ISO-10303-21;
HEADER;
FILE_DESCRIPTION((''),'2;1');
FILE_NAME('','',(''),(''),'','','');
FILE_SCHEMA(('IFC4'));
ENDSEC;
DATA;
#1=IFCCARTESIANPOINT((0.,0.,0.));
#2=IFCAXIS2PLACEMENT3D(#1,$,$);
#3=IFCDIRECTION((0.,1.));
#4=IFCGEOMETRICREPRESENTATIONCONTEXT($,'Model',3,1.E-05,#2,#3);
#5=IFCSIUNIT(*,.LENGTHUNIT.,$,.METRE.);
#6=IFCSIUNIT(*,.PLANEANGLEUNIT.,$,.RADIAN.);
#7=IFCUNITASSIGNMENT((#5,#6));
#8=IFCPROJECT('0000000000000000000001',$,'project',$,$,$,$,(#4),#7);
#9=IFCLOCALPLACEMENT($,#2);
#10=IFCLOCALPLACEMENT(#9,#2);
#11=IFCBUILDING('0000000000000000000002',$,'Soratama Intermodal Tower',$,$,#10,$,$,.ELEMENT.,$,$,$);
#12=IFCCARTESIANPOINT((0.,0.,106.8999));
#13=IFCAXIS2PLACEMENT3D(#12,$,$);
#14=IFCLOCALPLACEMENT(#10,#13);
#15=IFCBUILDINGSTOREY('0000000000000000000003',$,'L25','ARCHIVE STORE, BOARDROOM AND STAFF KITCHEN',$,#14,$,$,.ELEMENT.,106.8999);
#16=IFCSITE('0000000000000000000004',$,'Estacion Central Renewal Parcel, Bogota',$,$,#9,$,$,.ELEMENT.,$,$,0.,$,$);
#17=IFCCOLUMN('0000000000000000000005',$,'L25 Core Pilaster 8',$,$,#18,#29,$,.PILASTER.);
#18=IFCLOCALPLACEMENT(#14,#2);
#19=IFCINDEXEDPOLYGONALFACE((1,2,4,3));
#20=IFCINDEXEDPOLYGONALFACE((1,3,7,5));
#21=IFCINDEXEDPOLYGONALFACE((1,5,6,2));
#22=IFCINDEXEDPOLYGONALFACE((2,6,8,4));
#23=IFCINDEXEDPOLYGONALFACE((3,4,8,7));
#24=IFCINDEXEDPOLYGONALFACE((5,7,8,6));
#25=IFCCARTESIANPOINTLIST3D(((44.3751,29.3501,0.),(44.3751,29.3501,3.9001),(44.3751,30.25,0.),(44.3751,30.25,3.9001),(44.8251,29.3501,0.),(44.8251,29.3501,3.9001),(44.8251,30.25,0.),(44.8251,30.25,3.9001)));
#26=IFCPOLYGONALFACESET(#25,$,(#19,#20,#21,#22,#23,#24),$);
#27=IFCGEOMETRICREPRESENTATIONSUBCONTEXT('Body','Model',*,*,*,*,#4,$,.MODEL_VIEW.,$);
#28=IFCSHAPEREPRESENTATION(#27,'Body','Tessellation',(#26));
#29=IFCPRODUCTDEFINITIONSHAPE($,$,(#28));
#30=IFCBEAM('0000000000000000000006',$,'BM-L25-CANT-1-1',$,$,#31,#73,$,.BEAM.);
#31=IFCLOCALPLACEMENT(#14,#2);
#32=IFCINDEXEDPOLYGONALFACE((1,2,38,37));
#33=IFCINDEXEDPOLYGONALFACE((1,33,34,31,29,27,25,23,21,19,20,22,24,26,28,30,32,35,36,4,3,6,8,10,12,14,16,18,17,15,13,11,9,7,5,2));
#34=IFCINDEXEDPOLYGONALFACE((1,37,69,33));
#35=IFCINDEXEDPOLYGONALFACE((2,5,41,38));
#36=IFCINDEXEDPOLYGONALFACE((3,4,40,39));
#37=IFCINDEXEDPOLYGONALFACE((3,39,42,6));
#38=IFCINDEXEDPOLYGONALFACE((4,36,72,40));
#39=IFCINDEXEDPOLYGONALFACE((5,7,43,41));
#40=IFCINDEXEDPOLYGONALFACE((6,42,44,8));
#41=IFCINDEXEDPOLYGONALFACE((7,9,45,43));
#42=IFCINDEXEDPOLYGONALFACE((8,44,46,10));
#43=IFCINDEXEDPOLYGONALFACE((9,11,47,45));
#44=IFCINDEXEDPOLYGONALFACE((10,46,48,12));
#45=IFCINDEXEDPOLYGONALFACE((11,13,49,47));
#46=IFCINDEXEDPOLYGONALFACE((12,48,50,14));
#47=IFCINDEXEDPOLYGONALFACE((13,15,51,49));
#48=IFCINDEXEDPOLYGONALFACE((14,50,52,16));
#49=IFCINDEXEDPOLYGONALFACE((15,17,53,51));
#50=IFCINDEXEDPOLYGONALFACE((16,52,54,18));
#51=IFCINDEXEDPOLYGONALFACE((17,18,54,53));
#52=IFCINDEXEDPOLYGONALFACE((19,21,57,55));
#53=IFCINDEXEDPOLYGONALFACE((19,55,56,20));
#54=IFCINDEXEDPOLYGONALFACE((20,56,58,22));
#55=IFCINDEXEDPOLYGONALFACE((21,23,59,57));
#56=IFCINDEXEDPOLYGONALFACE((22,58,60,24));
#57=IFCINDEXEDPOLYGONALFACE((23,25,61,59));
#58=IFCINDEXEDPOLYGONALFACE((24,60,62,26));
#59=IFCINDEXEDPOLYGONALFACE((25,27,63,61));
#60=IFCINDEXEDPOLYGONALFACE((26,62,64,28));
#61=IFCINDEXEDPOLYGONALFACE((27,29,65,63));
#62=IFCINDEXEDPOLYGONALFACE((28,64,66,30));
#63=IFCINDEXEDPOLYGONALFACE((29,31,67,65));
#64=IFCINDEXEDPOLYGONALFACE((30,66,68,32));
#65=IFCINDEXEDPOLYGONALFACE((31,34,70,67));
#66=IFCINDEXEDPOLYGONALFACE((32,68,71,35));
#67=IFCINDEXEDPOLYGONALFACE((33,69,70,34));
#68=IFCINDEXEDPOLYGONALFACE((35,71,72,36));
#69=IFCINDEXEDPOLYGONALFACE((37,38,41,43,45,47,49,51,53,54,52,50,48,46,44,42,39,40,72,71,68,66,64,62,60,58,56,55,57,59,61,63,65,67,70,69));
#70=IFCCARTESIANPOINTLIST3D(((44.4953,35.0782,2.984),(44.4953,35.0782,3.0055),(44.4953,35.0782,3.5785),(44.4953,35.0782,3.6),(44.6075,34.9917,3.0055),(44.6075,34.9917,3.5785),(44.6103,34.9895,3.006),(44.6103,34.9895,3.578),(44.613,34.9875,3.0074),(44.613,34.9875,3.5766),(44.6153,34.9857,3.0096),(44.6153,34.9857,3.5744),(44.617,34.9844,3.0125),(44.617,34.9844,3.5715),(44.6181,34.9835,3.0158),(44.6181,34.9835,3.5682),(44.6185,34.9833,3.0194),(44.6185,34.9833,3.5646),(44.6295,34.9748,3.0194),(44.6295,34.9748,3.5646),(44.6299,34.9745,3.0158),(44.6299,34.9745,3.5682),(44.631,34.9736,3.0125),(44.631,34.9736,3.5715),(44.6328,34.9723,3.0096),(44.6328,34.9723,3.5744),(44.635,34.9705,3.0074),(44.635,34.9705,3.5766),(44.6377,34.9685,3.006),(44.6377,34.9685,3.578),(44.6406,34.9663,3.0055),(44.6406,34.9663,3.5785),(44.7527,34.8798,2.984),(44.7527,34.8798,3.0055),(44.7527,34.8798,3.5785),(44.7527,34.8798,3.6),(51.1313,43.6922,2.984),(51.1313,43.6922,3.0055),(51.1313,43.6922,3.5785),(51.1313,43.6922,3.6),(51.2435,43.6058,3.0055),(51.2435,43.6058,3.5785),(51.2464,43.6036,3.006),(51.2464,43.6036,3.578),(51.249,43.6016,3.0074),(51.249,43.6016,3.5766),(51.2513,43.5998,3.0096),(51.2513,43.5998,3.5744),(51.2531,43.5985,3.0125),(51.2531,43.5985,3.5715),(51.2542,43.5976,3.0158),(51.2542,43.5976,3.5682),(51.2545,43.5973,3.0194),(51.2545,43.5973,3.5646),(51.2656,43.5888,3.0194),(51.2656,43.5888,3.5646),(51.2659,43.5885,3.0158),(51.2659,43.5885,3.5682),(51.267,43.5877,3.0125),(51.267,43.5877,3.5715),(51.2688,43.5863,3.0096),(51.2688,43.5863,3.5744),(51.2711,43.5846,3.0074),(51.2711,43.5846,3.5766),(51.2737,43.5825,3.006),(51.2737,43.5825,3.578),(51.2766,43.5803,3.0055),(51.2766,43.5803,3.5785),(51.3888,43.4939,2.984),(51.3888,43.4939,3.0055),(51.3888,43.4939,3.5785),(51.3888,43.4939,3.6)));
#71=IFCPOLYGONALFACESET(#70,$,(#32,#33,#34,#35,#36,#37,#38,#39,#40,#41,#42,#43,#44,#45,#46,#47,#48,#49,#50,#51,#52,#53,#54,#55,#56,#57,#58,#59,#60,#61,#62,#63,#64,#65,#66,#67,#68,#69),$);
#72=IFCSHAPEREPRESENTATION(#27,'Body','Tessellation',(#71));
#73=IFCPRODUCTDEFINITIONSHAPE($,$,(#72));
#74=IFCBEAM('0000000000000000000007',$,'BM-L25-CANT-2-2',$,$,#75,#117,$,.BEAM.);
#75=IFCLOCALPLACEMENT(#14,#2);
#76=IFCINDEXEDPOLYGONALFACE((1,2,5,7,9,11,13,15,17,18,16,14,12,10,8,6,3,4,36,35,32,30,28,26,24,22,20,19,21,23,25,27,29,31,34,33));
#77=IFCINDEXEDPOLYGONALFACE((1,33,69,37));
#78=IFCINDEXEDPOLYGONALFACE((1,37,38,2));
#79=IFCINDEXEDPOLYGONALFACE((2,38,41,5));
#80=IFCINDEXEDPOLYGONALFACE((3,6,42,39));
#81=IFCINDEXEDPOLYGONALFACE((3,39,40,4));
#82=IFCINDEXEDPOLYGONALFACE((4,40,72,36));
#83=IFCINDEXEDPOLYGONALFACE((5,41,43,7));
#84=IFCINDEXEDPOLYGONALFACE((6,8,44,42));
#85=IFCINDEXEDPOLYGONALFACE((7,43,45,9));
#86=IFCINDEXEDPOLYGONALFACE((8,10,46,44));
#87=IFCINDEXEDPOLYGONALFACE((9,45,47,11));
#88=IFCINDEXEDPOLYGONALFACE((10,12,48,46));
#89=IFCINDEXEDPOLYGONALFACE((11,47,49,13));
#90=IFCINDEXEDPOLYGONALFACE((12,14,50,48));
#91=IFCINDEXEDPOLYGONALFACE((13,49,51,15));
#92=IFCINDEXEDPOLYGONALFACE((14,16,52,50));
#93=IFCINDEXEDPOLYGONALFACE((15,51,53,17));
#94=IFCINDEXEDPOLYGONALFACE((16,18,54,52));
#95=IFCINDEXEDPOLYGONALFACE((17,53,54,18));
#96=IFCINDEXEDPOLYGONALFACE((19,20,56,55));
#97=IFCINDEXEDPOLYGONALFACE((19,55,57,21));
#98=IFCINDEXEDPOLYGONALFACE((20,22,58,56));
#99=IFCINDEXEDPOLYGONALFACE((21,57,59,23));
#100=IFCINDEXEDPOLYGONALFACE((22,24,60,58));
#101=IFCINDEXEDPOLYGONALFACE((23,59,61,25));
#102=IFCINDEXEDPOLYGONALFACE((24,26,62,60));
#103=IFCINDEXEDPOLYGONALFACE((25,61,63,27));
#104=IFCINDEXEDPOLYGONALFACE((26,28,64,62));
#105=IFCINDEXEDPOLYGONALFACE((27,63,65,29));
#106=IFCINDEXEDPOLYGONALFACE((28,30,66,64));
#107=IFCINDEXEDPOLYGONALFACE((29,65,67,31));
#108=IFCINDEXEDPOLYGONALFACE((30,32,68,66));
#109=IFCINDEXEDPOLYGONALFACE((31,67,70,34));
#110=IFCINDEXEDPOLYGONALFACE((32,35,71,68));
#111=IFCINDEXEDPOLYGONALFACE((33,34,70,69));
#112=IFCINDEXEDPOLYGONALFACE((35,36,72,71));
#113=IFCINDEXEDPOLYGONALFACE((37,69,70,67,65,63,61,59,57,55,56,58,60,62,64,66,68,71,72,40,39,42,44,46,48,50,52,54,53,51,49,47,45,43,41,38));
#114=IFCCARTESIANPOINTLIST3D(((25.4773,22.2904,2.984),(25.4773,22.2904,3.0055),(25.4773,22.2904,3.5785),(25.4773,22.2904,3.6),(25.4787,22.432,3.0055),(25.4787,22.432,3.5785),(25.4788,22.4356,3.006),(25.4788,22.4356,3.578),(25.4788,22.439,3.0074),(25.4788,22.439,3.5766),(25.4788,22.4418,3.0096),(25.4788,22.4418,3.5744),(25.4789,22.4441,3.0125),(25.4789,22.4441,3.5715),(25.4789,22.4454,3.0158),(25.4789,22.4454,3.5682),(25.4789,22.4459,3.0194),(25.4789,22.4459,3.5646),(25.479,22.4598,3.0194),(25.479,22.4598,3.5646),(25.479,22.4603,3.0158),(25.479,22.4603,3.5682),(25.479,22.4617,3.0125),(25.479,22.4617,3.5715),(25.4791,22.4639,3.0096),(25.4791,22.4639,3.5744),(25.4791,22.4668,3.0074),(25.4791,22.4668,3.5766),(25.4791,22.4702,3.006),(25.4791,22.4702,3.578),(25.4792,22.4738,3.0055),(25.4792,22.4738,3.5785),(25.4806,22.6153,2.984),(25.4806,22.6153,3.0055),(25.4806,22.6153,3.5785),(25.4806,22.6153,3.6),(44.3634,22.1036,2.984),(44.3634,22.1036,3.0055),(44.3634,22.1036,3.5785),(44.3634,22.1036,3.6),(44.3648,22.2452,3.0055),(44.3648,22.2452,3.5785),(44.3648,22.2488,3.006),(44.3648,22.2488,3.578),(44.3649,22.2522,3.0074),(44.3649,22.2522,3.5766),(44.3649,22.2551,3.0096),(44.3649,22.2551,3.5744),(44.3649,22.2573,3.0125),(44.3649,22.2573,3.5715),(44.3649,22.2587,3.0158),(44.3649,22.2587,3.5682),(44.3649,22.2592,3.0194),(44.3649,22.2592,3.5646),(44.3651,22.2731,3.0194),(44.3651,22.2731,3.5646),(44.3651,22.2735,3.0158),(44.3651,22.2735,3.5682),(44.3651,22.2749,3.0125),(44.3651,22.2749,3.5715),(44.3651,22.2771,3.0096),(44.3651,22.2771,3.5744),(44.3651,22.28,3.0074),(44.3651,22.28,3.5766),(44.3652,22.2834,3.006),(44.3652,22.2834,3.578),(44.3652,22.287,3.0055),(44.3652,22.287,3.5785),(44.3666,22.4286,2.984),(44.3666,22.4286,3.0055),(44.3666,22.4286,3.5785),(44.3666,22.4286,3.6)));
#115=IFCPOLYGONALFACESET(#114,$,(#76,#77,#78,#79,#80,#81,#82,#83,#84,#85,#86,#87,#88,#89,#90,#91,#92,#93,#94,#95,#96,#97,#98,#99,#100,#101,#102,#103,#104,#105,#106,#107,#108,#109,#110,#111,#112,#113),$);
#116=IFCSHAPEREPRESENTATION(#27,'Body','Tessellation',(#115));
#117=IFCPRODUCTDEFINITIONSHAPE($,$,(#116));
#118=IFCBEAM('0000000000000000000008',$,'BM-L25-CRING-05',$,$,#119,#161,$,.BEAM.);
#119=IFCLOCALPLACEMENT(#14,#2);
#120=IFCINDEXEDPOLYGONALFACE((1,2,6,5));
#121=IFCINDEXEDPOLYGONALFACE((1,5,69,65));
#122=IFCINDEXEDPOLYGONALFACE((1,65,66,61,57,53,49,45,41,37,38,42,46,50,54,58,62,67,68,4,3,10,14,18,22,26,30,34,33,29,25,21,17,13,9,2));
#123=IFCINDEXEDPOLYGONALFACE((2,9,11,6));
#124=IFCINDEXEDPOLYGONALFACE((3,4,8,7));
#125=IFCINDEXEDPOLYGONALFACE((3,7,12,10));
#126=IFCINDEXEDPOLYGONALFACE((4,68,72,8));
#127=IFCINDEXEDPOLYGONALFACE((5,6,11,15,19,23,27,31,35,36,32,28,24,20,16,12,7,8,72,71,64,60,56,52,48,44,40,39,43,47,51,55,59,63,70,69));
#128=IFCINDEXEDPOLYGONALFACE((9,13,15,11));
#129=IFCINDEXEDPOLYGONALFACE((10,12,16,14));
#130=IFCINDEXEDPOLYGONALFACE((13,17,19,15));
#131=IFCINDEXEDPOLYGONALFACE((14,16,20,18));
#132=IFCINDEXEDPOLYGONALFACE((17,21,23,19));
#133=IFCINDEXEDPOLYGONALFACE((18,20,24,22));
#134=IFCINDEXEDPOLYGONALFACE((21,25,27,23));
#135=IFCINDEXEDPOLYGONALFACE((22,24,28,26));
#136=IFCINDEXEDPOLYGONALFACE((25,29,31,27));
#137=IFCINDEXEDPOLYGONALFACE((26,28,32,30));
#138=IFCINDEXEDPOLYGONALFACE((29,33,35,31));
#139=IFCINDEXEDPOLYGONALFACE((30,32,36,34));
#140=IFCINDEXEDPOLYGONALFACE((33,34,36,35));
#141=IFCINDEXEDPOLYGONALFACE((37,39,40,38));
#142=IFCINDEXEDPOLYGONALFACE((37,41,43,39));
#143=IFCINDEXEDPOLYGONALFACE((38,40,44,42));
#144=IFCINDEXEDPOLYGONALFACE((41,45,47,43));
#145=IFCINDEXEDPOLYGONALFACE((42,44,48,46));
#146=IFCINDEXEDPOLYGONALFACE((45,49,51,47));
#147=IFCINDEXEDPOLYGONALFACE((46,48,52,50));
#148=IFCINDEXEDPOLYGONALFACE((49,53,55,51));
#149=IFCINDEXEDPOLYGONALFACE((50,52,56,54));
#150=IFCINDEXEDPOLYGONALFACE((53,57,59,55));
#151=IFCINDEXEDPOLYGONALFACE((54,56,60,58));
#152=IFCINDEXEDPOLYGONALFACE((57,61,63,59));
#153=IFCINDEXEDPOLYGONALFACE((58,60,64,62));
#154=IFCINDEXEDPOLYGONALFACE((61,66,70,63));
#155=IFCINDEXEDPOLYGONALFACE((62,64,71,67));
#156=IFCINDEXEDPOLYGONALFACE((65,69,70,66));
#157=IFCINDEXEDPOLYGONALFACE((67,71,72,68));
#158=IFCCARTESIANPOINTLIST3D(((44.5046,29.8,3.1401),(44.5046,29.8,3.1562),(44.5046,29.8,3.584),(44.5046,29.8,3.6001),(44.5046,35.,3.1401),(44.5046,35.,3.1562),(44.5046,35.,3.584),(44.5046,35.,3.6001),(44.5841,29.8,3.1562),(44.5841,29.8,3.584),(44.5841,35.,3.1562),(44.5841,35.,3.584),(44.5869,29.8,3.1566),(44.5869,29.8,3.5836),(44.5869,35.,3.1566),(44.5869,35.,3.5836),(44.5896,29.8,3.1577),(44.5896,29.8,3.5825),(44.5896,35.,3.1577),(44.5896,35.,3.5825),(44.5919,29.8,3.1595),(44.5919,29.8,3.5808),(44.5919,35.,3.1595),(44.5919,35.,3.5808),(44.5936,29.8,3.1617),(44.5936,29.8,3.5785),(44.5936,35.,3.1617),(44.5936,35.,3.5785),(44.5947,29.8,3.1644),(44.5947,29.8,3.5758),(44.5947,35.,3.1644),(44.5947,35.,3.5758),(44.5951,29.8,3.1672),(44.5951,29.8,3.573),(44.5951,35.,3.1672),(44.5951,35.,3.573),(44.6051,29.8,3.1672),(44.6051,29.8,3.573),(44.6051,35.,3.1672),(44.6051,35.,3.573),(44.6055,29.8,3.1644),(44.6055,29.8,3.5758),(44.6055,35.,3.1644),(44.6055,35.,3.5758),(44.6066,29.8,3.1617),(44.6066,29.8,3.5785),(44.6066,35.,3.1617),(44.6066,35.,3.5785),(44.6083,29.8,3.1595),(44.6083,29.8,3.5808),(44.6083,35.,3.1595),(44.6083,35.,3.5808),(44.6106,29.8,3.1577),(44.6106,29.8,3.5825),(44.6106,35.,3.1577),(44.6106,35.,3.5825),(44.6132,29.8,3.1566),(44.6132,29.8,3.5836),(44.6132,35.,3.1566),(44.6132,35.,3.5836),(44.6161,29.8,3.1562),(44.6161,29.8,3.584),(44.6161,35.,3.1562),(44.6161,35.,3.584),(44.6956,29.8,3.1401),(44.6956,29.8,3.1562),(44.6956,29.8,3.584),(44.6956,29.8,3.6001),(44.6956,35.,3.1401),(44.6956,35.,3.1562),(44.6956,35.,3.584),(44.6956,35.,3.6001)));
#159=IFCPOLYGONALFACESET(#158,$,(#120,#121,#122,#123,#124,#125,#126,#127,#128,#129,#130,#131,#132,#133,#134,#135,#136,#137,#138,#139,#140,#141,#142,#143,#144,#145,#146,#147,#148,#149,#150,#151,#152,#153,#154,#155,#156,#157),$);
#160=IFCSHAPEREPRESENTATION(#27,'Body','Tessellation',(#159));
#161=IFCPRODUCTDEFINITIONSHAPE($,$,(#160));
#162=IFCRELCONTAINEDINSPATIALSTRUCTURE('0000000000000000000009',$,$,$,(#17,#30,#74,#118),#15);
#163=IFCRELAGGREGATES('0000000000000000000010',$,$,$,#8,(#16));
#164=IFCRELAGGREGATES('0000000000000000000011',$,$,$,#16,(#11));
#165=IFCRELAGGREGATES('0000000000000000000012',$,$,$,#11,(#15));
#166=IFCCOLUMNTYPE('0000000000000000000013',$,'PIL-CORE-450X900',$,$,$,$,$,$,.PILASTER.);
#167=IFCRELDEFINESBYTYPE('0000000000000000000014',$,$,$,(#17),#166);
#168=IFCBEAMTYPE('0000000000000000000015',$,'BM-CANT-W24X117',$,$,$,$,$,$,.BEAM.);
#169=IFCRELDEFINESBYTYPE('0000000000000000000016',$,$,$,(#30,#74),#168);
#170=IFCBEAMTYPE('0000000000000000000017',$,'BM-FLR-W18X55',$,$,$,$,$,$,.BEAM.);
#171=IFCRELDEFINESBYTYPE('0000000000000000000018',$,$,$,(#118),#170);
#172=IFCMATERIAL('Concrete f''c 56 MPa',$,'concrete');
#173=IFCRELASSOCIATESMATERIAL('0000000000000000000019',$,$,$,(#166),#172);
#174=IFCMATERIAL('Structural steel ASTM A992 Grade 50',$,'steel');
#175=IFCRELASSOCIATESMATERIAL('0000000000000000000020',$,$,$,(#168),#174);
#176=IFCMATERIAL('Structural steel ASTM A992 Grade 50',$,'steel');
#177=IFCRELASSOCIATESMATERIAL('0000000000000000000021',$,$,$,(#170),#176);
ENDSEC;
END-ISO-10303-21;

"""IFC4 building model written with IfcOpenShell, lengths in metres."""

from ifc_helpers import new_model, si_unit, direction, frame, origin, origin_2d, place, context, subcontext, project, spatial, rectangle, i_section, extrude, material, material_profile, profile_set, type_object, element, save


model = new_model("IFC4")

# Units and contexts
model_context = context("Model", 3, precision=1e-05, world=origin(), true_north=direction((0.0, 1.0)))
body_context = subcontext(model_context, "Body", "Model", "MODEL_VIEW")
ifc_project = project(units=[si_unit("LENGTHUNIT", "METRE"), si_unit("PLANEANGLEUNIT", "RADIAN")], contexts=[model_context])

# Site, building, storey
site_placement = place(None, origin())
site = spatial("IfcSite", under=ifc_project, at=site_placement, Name="Estacion Central Renewal Parcel, Bogota", CompositionType="ELEMENT", RefElevation=0.0)
building_placement = place(site_placement, origin())
building = spatial("IfcBuilding", under=site, at=building_placement, Name="Soratama Intermodal Tower", CompositionType="ELEMENT")
storey_placement = place(building_placement, frame((0.0, 0.0, 106.8999)))
storey = spatial("IfcBuildingStorey", under=building, at=storey_placement, Name="L25", Description="ARCHIVE STORE, BOARDROOM AND STAFF KITCHEN", CompositionType="ELEMENT", Elevation=106.8999)

# Column
ifc_material_1 = material(Name="Concrete f'c 56 MPa", Category="concrete")
ifc_material_profile_1 = material_profile(ifc_material_1, rectangle(XDim=0.45, YDim=0.8999, at=origin_2d()), Name="RC450X900")
ifc_profile_set_1 = profile_set([ifc_material_profile_1], Name="Concrete f'c 56 MPa")
column_type = type_object("IfcColumnType", Name="PIL-CORE-450X900", PredefinedType="PILASTER", material=ifc_profile_set_1)
column_placement = place(storey_placement, frame((44.6001, 29.8, 0.0), z_axis=(0.0, 0.0, 1.0), x_axis=(1.0, 0.0, 0.0)))
element("IfcColumn", 1, at=column_placement, inside=storey, type_object=column_type, Name="L25 Core Pilaster 8", PredefinedType="PILASTER", context=body_context, shape_type="SweptSolid", body=[
    extrude(rectangle(XDim=0.45, YDim=0.8999, at=origin_2d()), origin(), (0.0, 0.0, 1.0), 3.9001),
])

# Beams
ifc_material_2 = material(Name="Structural steel ASTM A992 Grade 50", Category="steel")
ifc_material_profile_2 = material_profile(ifc_material_2, i_section(OverallWidth=0.325, OverallDepth=0.616, WebThickness=0.0139, FlangeThickness=0.0215, FilletRadius=0.0139, at=origin_2d()), Name="W24X117")
ifc_profile_set_2 = profile_set([ifc_material_profile_2], Name="Structural steel ASTM A992 Grade 50")
beam_type_1 = type_object("IfcBeamType", Name="BM-CANT-W24X117", PredefinedType="BEAM", material=ifc_profile_set_2)
beam_1_placement = place(storey_placement, frame((44.624, 34.979, 3.292), z_axis=(0.610278, 0.792187, 0.0), x_axis=(-0.792187, 0.610278, 0.0)))
element("IfcBeam", 2, at=beam_1_placement, inside=storey, type_object=beam_type_1, Name="BM-L25-CANT-1-1", PredefinedType="BEAM", context=body_context, shape_type="SweptSolid", body=[
    extrude(i_section(OverallWidth=0.325, OverallDepth=0.616, WebThickness=0.0139, FlangeThickness=0.0215, FilletRadius=0.0139, at=origin_2d()), origin(), (0.0, 0.0, 1.0), 10.8738),
])
beam_2_placement = place(storey_placement, frame((44.365, 22.2661, 3.292), z_axis=(-0.999951, 0.009889, 0.0), x_axis=(-0.009889, -0.999951, 0.0)))
element("IfcBeam", 3, at=beam_2_placement, inside=storey, type_object=beam_type_1, Name="BM-L25-CANT-2-2", PredefinedType="BEAM", context=body_context, shape_type="SweptSolid", body=[
    extrude(i_section(OverallWidth=0.325, OverallDepth=0.616, WebThickness=0.0139, FlangeThickness=0.0215, FilletRadius=0.0139, at=origin_2d()), origin(), (0.0, 0.0, 1.0), 18.887),
])
ifc_material_3 = material(Name="Structural steel ASTM A992 Grade 50", Category="steel")
ifc_material_profile_3 = material_profile(ifc_material_3, i_section(OverallWidth=0.1909, OverallDepth=0.46, WebThickness=0.01, FlangeThickness=0.0161, FilletRadius=0.011, at=origin_2d()), Name="W18X55")
ifc_profile_set_3 = profile_set([ifc_material_profile_3], Name="Structural steel ASTM A992 Grade 50")
beam_type_2 = type_object("IfcBeamType", Name="BM-FLR-W18X55", PredefinedType="BEAM", material=ifc_profile_set_3)
beam_3_placement = place(storey_placement, frame((44.6001, 29.8, 3.3701), z_axis=(0.0, 1.0, 0.0), x_axis=(-1.0, 0.0, 0.0)))
element("IfcBeam", 4, at=beam_3_placement, inside=storey, type_object=beam_type_2, Name="BM-L25-CRING-05", PredefinedType="BEAM", context=body_context, shape_type="SweptSolid", body=[
    extrude(i_section(OverallWidth=0.1909, OverallDepth=0.46, WebThickness=0.01, FlangeThickness=0.0161, FilletRadius=0.011, at=origin_2d()), origin(), (0.0, 0.0, 1.0), 5.2),
])

save(model, "model.ifc")
